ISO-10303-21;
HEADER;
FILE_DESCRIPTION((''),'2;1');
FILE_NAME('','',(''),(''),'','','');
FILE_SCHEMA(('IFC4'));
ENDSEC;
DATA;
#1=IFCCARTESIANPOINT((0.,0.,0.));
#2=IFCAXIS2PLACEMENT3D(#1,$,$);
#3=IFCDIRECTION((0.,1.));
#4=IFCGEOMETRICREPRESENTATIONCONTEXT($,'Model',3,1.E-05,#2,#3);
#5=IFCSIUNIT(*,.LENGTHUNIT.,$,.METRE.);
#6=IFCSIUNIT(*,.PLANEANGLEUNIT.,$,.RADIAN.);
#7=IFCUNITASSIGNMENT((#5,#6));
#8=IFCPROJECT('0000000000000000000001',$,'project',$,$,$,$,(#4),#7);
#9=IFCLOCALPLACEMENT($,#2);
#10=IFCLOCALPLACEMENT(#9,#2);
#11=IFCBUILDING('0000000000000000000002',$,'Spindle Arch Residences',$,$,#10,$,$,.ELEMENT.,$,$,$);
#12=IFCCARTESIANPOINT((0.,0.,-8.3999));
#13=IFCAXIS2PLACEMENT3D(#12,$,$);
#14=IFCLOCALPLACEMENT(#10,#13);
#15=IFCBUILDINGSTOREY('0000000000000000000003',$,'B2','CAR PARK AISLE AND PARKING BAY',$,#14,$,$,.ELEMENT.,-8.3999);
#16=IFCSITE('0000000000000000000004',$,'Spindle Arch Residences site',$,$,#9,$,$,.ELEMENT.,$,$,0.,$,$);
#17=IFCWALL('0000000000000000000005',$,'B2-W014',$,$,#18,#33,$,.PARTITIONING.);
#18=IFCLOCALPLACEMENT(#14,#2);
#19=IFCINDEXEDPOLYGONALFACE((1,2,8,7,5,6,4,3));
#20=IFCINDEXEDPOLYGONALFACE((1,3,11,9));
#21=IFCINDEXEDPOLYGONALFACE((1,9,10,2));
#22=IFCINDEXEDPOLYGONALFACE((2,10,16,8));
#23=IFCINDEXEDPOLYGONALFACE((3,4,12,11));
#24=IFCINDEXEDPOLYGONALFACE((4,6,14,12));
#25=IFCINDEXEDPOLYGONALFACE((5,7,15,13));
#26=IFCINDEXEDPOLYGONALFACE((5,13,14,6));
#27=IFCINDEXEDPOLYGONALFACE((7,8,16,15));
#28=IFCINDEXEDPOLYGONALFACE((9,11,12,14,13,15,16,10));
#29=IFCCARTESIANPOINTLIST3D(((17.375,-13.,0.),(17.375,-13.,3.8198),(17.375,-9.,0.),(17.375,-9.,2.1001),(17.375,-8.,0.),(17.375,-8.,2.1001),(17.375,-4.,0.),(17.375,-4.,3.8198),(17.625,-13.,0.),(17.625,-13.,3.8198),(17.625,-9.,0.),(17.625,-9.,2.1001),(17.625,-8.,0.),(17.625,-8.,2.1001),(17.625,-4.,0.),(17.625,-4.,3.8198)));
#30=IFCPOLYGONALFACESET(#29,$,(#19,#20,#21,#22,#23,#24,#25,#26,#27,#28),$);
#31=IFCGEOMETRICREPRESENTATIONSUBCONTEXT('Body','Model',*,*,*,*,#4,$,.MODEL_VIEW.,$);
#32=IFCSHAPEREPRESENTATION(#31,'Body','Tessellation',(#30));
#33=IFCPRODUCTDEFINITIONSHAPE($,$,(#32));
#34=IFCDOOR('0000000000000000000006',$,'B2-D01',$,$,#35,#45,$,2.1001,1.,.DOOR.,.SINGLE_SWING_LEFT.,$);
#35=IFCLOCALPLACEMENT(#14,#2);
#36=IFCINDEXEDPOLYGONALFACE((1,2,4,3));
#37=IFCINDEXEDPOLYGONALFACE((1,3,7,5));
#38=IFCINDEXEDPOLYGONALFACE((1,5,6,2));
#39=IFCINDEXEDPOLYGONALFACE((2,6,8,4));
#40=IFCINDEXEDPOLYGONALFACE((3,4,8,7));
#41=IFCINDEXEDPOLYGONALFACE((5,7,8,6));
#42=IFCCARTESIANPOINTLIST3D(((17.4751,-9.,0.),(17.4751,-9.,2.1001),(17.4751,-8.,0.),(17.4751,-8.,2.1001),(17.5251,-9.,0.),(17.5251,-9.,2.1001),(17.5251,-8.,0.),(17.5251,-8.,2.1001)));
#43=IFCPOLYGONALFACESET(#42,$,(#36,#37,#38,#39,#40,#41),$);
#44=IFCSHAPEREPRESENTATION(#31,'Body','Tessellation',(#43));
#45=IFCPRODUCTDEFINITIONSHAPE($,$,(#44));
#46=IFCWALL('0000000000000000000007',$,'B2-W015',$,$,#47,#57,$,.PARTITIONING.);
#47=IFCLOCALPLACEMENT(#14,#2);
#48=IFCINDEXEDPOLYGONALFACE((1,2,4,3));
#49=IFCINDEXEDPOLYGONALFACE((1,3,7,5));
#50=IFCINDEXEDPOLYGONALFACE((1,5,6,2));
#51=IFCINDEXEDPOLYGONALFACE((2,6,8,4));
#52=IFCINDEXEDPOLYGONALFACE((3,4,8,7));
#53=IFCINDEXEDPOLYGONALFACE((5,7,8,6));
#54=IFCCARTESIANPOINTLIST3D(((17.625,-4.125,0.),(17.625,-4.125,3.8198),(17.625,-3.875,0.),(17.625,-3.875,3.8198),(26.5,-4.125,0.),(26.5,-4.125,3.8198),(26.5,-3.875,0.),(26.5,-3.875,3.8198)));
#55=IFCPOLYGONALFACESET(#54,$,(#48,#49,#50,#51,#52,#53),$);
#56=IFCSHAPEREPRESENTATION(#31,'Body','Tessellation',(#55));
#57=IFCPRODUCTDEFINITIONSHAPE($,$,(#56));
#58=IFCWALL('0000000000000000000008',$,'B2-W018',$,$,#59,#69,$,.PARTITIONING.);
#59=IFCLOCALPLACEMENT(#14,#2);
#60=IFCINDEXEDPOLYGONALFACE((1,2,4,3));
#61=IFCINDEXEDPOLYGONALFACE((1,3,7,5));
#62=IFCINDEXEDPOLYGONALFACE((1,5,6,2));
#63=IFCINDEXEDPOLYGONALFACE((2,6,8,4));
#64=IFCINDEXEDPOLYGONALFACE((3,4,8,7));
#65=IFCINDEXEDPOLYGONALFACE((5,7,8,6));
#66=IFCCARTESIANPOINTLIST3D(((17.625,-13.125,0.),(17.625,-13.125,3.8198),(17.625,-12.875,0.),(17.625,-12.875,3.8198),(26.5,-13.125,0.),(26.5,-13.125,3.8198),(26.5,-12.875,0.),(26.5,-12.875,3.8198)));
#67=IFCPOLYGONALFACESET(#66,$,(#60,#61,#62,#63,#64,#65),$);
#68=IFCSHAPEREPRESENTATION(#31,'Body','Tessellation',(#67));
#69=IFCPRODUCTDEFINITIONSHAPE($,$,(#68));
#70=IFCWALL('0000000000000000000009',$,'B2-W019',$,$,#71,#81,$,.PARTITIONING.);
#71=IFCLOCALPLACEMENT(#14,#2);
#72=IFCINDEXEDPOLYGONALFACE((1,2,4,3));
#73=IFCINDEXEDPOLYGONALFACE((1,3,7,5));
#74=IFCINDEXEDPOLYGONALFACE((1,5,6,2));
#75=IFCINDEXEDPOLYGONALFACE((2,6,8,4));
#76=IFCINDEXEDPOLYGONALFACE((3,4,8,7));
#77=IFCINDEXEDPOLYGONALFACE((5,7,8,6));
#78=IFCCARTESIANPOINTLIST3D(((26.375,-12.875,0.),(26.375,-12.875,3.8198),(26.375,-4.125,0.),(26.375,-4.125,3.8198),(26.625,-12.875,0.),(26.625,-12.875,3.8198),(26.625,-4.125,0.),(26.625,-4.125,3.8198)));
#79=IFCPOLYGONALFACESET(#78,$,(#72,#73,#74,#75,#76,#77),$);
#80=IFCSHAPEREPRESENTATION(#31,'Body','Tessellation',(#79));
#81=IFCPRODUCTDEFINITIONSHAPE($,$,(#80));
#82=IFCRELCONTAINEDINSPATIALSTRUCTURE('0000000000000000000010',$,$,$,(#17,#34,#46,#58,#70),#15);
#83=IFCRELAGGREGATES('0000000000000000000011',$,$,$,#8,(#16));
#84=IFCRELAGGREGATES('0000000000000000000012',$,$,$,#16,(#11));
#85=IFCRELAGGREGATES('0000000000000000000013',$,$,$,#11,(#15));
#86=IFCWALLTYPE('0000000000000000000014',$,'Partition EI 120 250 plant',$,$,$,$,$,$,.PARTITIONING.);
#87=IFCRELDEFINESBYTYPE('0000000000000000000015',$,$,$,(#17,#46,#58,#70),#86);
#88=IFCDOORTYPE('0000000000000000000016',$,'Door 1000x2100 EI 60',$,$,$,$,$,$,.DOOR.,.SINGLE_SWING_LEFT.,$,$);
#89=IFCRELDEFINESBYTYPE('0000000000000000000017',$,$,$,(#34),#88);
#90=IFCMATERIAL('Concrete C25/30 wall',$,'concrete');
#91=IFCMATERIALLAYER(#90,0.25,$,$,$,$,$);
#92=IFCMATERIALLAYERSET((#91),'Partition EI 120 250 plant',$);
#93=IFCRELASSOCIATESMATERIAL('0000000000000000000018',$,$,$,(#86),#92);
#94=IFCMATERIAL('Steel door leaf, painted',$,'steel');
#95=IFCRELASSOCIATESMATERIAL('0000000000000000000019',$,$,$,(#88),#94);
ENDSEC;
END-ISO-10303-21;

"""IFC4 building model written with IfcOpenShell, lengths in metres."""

from ifc_helpers import new_model, si_unit, direction, frame, frame_2d, origin, place, context, subcontext, project, spatial, rectangle, extrude, material, layer, layer_set, type_object, element, fill, save


model = new_model("IFC4")

# Units and contexts
model_context = context("Model", 3, precision=1e-05, world=origin(), true_north=direction((0.0, 1.0)))
body_context = subcontext(model_context, "Body", "Model", "MODEL_VIEW")
ifc_project = project(units=[si_unit("LENGTHUNIT", "METRE"), si_unit("PLANEANGLEUNIT", "RADIAN")], contexts=[model_context])

# Site, building, storey
site_placement = place(None, origin())
site = spatial("IfcSite", under=ifc_project, at=site_placement, Name="Spindle Arch Residences site", CompositionType="ELEMENT", RefElevation=0.0)
building_placement = place(site_placement, origin())
building = spatial("IfcBuilding", under=site, at=building_placement, Name="Spindle Arch Residences", CompositionType="ELEMENT")
storey_placement = place(building_placement, frame((0.0, 0.0, -8.3999)))
storey = spatial("IfcBuildingStorey", under=building, at=storey_placement, Name="B2", Description="CAR PARK AISLE AND PARKING BAY", CompositionType="ELEMENT", Elevation=-8.3999)

# Wall, opening, door
ifc_material_1 = material(Name="Concrete C25/30 wall", Category="concrete")
ifc_layer_1 = layer(ifc_material_1, 0.25)
ifc_layer_set_1 = layer_set([ifc_layer_1], Name="Partition EI 120 250 plant")
wall_type_1 = type_object("IfcWallType", Name="Partition EI 120 250 plant", PredefinedType="PARTITIONING", material=ifc_layer_set_1)
wall_1_placement = place(storey_placement, frame((17.5, -13.0, 0.0), z_axis=(0.0, 0.0, 1.0), x_axis=(0.0, 1.0, 0.0)))
wall_1 = element("IfcWall", 1, at=wall_1_placement, inside=storey, type_object=wall_type_1, Name="B2-W014", PredefinedType="PARTITIONING", context=body_context, shape_type="SweptSolid", body=[
    extrude(rectangle(XDim=9.0, YDim=0.25, at=frame_2d((4.5, 0.0))), origin(), (0.0, 0.0, 1.0), 3.8198),
])
opening_1_placement = place(wall_1_placement, frame((4.0, 0.0, 0.0)))
opening_1 = element("IfcOpeningElement", 2, at=opening_1_placement, cuts=wall_1, PredefinedType="OPENING", context=body_context, shape_type="SweptSolid", body=[
    extrude(rectangle(XDim=1.0, YDim=2.1001, at=frame_2d((0.5, 1.05))), frame((0.0, 0.135, 0.0), z_axis=(0.0, -1.0, 0.0), x_axis=(1.0, 0.0, 0.0)), (0.0, 0.0, 1.0), 0.27),
])
ifc_material_2 = material(Name="Steel door leaf, painted", Category="steel")
door_type_1 = type_object("IfcDoorType", Name="Door 1000x2100 EI 60", OperationType="SINGLE_SWING_LEFT", PredefinedType="DOOR", material=ifc_material_2)
door_1_placement = place(opening_1_placement, origin())
door_1 = element("IfcDoor", 3, at=door_1_placement, inside=storey, type_object=door_type_1, Name="B2-D01", OperationType="SINGLE_SWING_LEFT", OverallHeight=2.1001, OverallWidth=1.0, PredefinedType="DOOR", context=body_context, shape_type="SweptSolid", body=[
    extrude(rectangle(XDim=1.0, YDim=2.1001, at=frame_2d((0.5, 1.05))), frame((0.0, 0.0249, 0.0), z_axis=(0.0, -1.0, 0.0), x_axis=(1.0, 0.0, 0.0)), (0.0, 0.0, 1.0), 0.05),
])
fill(opening_1, door_1)

# Walls
for number, where, z_axis, x_axis, name in (
    (4, (17.625, -4.0, 0.0), (0.0, 0.0, 1.0), (1.0, 0.0, 0.0), "B2-W015"),
    (5, (26.5, -13.0, 0.0), (0.0, 0.0, 1.0), (-1.0, 0.0, 0.0), "B2-W018"),
):
    element("IfcWall", number, at=place(storey_placement, frame(where, z_axis=z_axis, x_axis=x_axis)), inside=storey, type_object=wall_type_1, Name=name, PredefinedType="PARTITIONING", context=body_context, shape_type="SweptSolid", body=[
        extrude(rectangle(XDim=8.875, YDim=0.25, at=frame_2d((4.4375, 0.0))), origin(), (0.0, 0.0, 1.0), 3.8198),
    ])
wall_2_placement = place(storey_placement, frame((26.5, -4.125, 0.0), z_axis=(0.0, 0.0, 1.0), x_axis=(0.0, -1.0, 0.0)))
element("IfcWall", 6, at=wall_2_placement, inside=storey, type_object=wall_type_1, Name="B2-W019", PredefinedType="PARTITIONING", context=body_context, shape_type="SweptSolid", body=[
    extrude(rectangle(XDim=8.75, YDim=0.25, at=frame_2d((4.375, 0.0))), origin(), (0.0, 0.0, 1.0), 3.8198),
])

save(model, "model.ifc")
